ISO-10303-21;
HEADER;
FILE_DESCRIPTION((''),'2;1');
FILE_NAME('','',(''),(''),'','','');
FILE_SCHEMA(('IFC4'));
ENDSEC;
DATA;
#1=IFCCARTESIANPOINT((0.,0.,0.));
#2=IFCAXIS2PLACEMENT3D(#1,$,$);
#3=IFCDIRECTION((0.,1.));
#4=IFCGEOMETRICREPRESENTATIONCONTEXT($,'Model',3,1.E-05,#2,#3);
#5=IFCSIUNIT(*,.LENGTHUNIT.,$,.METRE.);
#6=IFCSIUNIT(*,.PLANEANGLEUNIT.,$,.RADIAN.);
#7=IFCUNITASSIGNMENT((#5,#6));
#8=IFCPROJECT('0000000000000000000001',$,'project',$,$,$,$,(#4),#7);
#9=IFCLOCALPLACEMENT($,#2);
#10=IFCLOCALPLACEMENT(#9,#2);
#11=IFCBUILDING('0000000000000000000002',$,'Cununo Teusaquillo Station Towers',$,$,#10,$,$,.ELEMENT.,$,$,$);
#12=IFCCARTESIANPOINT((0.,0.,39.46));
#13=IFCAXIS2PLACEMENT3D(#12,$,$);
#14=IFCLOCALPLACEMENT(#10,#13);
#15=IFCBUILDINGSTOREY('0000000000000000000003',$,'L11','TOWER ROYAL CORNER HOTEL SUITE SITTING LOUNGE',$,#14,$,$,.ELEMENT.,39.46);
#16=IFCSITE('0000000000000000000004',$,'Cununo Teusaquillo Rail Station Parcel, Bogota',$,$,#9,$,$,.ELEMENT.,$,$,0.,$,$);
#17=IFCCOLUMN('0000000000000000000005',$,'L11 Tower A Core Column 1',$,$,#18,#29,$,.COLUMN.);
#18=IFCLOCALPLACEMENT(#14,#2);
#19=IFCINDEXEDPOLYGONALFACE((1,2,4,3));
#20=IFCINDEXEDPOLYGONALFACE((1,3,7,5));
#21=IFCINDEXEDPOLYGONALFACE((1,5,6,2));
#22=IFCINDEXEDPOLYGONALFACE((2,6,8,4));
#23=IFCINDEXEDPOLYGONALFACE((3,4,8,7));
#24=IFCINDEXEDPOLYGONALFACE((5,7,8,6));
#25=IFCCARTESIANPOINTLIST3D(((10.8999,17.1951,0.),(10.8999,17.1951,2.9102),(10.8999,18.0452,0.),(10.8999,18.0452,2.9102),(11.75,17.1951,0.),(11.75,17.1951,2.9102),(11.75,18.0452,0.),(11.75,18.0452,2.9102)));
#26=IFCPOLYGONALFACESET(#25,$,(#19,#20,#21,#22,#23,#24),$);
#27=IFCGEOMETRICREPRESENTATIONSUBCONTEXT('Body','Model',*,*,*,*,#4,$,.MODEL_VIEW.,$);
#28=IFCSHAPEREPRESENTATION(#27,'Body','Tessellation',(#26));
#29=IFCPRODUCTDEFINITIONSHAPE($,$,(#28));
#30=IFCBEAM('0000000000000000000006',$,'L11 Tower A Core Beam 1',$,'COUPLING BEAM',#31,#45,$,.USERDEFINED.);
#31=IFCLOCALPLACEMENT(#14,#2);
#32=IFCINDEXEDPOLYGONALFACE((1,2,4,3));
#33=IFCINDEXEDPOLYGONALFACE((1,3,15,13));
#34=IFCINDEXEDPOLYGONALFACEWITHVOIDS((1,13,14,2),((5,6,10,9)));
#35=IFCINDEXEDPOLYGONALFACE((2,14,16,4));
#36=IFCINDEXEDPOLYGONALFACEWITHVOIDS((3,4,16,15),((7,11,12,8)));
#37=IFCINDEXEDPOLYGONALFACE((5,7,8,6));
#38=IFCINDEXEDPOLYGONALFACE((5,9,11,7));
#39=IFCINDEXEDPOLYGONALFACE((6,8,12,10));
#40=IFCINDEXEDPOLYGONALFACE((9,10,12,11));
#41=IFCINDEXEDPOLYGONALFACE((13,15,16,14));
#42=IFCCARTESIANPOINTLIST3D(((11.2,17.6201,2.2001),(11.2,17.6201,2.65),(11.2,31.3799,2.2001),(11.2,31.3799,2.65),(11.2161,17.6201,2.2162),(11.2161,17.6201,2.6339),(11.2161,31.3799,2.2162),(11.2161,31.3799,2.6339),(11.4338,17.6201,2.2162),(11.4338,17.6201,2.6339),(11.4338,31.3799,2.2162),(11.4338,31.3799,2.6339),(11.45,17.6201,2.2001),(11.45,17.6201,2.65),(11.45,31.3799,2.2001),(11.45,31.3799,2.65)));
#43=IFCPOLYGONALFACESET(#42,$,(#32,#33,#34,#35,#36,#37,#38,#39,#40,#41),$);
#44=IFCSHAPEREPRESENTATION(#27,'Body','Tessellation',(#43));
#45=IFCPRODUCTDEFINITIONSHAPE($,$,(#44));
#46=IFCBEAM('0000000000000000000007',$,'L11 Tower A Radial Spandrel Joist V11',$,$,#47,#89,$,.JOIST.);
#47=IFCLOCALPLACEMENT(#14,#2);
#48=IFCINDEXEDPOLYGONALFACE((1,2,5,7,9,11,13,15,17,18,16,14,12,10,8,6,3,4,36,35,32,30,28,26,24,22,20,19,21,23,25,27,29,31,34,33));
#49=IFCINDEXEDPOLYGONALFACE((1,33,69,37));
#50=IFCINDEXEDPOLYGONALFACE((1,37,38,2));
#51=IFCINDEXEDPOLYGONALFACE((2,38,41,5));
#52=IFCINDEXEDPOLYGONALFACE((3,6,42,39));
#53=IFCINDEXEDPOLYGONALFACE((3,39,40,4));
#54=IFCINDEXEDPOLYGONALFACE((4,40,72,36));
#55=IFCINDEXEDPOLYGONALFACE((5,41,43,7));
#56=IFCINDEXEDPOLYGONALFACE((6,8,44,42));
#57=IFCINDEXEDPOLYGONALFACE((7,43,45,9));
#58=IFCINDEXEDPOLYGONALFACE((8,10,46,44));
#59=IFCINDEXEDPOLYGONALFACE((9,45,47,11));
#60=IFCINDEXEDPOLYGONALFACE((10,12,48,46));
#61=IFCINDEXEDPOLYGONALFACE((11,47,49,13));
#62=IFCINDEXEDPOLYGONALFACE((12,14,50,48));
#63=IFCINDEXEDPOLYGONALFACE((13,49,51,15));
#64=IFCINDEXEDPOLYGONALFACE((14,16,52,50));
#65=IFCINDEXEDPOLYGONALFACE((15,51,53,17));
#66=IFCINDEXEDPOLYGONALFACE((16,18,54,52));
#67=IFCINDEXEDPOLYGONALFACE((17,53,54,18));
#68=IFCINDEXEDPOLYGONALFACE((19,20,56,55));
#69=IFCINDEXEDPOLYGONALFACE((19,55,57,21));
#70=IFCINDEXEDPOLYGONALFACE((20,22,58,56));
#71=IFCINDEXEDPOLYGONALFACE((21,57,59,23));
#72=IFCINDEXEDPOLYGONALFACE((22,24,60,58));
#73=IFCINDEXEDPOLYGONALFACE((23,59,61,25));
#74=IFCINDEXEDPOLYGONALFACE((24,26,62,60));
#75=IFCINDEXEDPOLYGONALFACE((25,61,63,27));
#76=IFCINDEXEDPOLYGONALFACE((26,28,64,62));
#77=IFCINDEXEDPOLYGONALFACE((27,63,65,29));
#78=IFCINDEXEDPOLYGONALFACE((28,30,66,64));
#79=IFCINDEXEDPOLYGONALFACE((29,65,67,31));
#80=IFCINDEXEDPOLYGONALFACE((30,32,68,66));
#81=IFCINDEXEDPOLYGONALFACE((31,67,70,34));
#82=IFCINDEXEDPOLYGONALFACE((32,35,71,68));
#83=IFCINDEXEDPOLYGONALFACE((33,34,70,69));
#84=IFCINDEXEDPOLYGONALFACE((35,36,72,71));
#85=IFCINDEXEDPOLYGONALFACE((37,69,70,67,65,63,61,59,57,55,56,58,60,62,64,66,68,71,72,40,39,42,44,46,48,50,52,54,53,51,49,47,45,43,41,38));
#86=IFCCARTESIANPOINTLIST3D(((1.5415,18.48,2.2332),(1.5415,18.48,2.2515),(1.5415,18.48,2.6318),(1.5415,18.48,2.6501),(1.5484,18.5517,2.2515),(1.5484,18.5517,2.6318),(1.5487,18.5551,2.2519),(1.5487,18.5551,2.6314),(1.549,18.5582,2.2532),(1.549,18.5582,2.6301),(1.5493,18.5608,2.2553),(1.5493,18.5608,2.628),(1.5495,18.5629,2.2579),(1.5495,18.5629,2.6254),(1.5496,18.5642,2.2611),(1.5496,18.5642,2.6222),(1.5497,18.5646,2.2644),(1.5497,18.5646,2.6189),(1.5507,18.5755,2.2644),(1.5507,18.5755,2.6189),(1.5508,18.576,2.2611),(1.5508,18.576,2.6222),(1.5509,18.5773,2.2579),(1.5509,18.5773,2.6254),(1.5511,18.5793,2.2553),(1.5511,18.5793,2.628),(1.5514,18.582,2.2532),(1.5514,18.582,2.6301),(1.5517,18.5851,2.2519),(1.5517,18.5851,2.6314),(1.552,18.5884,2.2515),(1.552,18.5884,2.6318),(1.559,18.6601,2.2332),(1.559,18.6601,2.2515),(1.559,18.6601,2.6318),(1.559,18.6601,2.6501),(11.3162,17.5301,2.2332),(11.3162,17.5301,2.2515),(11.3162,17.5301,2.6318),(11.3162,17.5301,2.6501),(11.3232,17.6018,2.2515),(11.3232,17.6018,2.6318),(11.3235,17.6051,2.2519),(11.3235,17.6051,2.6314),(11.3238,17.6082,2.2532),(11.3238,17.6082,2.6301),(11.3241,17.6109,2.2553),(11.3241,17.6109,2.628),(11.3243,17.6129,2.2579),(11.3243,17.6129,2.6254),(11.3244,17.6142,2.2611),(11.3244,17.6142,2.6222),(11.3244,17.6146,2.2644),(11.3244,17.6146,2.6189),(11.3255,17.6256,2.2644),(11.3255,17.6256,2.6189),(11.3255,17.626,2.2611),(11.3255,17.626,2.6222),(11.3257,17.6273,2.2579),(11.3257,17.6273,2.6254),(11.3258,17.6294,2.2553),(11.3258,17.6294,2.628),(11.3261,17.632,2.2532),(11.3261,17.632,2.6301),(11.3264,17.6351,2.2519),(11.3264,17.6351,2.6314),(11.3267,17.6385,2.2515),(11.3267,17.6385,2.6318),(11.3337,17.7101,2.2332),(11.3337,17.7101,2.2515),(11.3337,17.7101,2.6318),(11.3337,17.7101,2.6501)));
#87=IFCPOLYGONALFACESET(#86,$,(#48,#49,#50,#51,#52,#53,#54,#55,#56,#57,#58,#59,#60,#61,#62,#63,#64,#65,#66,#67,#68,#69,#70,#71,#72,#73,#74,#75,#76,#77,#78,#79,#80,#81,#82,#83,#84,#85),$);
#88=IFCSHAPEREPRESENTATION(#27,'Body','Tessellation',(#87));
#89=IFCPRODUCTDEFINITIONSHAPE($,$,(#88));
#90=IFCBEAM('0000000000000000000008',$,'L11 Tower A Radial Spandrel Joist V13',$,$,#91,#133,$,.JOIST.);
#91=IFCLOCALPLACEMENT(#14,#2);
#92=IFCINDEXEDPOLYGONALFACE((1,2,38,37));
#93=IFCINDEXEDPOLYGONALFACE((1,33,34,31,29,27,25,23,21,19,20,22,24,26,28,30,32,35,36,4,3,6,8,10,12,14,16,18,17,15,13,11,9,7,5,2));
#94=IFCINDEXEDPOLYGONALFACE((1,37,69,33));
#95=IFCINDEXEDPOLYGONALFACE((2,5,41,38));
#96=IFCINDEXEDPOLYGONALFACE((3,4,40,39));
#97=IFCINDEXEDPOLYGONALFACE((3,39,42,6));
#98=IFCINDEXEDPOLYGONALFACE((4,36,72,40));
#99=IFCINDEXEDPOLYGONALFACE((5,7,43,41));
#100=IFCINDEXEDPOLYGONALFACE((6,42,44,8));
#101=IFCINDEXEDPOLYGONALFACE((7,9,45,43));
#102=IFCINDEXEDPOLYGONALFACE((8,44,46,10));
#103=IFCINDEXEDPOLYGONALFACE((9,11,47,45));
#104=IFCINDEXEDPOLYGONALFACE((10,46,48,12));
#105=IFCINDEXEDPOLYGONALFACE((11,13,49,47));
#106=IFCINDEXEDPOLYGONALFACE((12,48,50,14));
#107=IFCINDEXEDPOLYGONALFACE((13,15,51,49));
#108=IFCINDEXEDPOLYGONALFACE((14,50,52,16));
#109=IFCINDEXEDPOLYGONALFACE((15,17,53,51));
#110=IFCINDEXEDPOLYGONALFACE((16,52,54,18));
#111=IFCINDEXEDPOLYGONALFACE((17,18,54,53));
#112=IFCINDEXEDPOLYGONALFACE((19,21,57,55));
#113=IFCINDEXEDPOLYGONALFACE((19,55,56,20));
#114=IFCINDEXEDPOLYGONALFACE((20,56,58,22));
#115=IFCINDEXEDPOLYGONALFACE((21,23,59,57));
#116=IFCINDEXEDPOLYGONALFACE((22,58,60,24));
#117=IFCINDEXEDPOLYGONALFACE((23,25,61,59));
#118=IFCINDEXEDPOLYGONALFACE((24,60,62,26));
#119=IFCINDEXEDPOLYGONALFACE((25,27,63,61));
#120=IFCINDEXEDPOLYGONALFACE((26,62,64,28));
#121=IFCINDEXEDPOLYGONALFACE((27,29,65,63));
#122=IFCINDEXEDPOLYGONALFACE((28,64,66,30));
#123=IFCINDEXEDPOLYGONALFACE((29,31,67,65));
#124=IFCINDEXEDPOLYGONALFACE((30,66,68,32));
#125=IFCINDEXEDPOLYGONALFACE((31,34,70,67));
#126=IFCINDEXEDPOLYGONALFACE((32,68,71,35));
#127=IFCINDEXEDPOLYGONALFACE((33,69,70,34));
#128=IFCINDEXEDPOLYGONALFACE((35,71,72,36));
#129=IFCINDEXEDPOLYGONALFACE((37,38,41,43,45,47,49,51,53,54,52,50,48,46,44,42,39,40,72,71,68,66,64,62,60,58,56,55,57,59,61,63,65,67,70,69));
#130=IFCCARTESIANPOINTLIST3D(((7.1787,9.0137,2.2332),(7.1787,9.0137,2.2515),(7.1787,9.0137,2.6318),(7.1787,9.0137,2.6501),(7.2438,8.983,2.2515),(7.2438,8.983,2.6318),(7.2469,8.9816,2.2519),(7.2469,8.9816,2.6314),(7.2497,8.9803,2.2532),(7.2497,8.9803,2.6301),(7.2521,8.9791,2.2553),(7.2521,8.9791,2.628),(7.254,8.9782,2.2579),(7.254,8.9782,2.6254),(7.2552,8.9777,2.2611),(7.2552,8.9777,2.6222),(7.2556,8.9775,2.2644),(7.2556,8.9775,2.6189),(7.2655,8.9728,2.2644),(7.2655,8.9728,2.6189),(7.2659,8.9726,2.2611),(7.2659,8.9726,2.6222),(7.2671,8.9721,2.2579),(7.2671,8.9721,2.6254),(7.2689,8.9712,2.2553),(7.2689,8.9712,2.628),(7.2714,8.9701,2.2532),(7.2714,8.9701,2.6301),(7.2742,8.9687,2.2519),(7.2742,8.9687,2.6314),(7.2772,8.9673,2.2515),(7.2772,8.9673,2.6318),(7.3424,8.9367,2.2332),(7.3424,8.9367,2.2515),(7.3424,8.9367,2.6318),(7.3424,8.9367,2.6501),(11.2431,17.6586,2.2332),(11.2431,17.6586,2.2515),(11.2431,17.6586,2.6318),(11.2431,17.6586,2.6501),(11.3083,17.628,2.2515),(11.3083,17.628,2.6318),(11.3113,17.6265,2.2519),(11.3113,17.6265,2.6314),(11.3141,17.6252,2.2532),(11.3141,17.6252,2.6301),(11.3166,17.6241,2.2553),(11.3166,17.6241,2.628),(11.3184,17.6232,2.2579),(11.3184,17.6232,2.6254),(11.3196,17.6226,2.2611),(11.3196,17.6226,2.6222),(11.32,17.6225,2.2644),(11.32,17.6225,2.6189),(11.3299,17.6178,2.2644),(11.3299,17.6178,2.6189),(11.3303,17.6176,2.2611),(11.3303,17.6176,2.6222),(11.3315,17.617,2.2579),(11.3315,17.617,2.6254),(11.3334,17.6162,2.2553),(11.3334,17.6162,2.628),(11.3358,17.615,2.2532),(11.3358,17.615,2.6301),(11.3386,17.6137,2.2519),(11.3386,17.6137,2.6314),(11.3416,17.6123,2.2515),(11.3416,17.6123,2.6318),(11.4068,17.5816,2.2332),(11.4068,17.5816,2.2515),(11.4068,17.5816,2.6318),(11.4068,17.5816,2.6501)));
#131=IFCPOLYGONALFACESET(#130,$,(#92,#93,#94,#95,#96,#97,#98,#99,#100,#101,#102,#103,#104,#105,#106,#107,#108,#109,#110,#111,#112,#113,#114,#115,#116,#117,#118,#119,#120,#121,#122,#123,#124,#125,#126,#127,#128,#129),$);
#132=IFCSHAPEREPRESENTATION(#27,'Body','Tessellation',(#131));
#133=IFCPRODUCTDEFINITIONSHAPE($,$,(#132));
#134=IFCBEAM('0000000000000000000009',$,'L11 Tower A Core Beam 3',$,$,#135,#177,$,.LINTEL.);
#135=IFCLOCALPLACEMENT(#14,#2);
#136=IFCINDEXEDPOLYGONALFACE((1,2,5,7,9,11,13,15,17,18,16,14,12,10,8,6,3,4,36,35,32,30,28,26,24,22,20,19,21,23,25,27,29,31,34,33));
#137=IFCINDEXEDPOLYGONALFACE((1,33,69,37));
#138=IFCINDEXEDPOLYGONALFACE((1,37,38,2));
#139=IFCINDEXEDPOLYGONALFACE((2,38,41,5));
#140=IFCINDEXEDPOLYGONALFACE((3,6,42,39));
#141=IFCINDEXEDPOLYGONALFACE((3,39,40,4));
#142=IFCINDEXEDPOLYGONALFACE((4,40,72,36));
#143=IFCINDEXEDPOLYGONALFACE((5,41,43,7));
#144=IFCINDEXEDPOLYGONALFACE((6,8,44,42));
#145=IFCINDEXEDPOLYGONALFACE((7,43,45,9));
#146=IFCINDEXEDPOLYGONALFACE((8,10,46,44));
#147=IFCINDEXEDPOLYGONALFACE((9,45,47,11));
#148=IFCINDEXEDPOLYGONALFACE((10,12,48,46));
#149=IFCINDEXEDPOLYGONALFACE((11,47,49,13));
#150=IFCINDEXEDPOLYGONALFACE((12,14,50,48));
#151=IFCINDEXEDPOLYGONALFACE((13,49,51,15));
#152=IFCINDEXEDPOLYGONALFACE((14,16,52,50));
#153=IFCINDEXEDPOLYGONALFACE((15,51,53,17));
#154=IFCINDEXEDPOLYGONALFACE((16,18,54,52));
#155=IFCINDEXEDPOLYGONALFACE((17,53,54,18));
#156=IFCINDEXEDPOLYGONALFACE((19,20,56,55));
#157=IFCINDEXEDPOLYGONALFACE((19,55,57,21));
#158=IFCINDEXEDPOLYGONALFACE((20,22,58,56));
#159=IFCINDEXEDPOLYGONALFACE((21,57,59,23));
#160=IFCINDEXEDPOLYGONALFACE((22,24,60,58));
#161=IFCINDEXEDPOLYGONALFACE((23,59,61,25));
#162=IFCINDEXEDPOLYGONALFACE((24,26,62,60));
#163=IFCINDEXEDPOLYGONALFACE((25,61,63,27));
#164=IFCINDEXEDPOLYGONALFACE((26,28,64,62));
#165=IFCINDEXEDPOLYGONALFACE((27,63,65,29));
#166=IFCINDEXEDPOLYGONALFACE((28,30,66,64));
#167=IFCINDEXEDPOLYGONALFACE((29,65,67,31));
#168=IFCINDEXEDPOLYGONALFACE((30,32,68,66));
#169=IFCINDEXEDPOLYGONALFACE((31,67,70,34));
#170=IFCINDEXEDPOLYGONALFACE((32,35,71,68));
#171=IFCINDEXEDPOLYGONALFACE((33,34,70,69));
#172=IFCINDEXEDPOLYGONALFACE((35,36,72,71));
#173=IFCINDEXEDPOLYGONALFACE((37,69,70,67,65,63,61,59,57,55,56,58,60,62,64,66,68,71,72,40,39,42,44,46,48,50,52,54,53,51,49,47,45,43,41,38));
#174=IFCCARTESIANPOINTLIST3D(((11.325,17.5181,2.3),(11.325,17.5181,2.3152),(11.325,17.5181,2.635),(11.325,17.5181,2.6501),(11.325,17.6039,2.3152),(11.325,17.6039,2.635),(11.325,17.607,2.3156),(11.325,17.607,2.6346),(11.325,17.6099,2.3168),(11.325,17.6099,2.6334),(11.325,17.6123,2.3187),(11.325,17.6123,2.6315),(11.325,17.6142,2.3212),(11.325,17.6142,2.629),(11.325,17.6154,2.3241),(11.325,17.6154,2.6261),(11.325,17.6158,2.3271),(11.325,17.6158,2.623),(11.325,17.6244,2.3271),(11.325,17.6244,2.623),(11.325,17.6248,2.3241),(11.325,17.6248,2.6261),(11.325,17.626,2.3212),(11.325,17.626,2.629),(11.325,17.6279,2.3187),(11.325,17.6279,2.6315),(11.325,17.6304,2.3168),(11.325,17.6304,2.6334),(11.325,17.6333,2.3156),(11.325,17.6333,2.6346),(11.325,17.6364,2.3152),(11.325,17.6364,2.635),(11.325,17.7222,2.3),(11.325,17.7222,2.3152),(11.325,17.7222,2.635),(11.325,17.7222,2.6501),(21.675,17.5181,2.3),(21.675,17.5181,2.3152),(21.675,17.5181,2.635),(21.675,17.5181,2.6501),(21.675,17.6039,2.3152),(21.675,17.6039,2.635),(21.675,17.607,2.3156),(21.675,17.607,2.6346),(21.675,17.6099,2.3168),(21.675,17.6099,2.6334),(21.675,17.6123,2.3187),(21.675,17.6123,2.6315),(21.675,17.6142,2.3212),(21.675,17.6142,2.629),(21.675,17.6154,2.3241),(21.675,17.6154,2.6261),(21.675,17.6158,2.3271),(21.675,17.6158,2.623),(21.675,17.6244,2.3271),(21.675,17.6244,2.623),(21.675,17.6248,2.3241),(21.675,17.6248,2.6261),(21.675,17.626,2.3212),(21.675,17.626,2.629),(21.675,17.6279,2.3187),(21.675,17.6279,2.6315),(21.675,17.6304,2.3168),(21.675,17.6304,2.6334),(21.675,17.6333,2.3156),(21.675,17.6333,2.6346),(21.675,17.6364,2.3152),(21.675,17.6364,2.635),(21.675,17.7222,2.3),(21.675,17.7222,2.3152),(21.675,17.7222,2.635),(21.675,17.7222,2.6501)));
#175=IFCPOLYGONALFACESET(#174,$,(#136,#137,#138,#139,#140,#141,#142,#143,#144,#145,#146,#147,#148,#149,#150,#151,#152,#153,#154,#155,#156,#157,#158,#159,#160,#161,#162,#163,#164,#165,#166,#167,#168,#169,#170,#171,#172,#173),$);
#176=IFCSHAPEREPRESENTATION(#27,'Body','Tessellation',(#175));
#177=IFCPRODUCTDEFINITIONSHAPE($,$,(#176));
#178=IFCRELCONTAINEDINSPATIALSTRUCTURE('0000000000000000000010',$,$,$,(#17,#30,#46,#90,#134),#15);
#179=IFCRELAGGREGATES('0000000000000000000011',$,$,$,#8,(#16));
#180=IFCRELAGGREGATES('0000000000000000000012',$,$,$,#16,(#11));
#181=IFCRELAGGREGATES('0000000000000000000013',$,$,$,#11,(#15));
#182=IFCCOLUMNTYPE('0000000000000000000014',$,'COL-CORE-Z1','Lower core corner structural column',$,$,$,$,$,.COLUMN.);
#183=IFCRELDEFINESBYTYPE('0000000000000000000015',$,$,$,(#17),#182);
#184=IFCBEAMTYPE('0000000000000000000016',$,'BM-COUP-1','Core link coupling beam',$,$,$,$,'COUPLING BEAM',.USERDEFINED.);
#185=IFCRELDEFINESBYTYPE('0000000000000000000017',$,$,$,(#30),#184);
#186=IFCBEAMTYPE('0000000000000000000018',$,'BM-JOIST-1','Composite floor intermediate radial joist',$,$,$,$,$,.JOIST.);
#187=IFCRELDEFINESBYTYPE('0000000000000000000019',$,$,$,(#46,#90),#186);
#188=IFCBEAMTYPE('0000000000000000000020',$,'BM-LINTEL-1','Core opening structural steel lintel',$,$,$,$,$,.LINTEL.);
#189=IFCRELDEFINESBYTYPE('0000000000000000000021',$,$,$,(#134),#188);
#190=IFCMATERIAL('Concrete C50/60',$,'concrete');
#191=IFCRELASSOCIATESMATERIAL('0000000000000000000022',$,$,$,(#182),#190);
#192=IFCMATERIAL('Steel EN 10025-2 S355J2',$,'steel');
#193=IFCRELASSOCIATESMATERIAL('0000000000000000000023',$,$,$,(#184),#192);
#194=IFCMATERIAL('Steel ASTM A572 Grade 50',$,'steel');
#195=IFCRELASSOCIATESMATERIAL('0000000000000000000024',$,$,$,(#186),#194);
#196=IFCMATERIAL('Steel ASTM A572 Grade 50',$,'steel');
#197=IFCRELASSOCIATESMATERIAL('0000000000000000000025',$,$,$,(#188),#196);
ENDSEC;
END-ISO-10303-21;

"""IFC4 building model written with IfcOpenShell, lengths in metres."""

from ifc_helpers import new_model, si_unit, direction, frame, origin, origin_2d, place, context, subcontext, project, spatial, rectangle, hollow_rectangle, i_section, extrude, material, material_profile, profile_set, type_object, element, save


model = new_model("IFC4")

# Units and contexts
model_context = context("Model", 3, precision=1e-05, world=origin(), true_north=direction((0.0, 1.0)))
body_context = subcontext(model_context, "Body", "Model", "MODEL_VIEW")
ifc_project = project(units=[si_unit("LENGTHUNIT", "METRE"), si_unit("PLANEANGLEUNIT", "RADIAN")], contexts=[model_context])

# Site, building, storey
site_placement = place(None, origin())
site = spatial("IfcSite", under=ifc_project, at=site_placement, Name="Cununo Teusaquillo Rail Station Parcel, Bogota", CompositionType="ELEMENT", RefElevation=0.0)
building_placement = place(site_placement, origin())
building = spatial("IfcBuilding", under=site, at=building_placement, Name="Cununo Teusaquillo Station Towers", CompositionType="ELEMENT")
storey_placement = place(building_placement, frame((0.0, 0.0, 39.46)))
storey = spatial("IfcBuildingStorey", under=building, at=storey_placement, Name="L11", Description="TOWER ROYAL CORNER HOTEL SUITE SITTING LOUNGE", CompositionType="ELEMENT", Elevation=39.46)

# Column
ifc_material_1 = material(Name="Concrete C50/60", Category="concrete")
ifc_material_profile_1 = material_profile(ifc_material_1, rectangle(XDim=0.8501, YDim=0.8501, at=origin_2d()), Name="RC-RECT-850x850")
ifc_profile_set_1 = profile_set([ifc_material_profile_1], Name="Concrete C50/60")
column_type = type_object("IfcColumnType", Name="COL-CORE-Z1", Description="Lower core corner structural column", PredefinedType="COLUMN", material=ifc_profile_set_1)
column_placement = place(storey_placement, frame((11.325, 17.6201, 0.0), z_axis=(0.0, 0.0, 1.0), x_axis=(1.0, 0.0, 0.0)))
element("IfcColumn", 1, at=column_placement, inside=storey, type_object=column_type, Name="L11 Tower A Core Column 1", PredefinedType="COLUMN", context=body_context, shape_type="SweptSolid", body=[
    extrude(rectangle(XDim=0.8501, YDim=0.8501, at=origin_2d()), origin(), (0.0, 0.0, 1.0), 2.9102),
])

# Beams
ifc_material_2 = material(Name="Steel EN 10025-2 S355J2", Category="steel")
ifc_material_profile_2 = material_profile(ifc_material_2, hollow_rectangle(XDim=0.25, YDim=0.45, WallThickness=0.0161, at=origin_2d()), Name="RHS 450x250x16")
ifc_profile_set_2 = profile_set([ifc_material_profile_2], Name="Steel EN 10025-2 S355J2")
beam_type_1 = type_object("IfcBeamType", Name="BM-COUP-1", Description="Core link coupling beam", ElementType="COUPLING BEAM", PredefinedType="USERDEFINED", material=ifc_profile_set_2)
beam_1_placement = place(storey_placement, frame((11.325, 17.6201, 2.425), z_axis=(0.0, 1.0, 0.0), x_axis=(-1.0, 0.0, 0.0)))
element("IfcBeam", 2, at=beam_1_placement, inside=storey, type_object=beam_type_1, Name="L11 Tower A Core Beam 1", ObjectType="COUPLING BEAM", PredefinedType="USERDEFINED", context=body_context, shape_type="SweptSolid", body=[
    extrude(hollow_rectangle(XDim=0.25, YDim=0.45, WallThickness=0.0161, at=origin_2d()), origin(), (0.0, 0.0, 1.0), 13.7598),
])
ifc_material_3 = material(Name="Steel ASTM A572 Grade 50", Category="steel")
ifc_material_profile_3 = material_profile(ifc_material_3, i_section(OverallWidth=0.1809, OverallDepth=0.417, WebThickness=0.011, FlangeThickness=0.0183, FilletRadius=0.0129, at=origin_2d()), Name="W16X57")
ifc_profile_set_3 = profile_set([ifc_material_profile_3], Name="Steel ASTM A572 Grade 50")
beam_type_2 = type_object("IfcBeamType", Name="BM-JOIST-1", Description="Composite floor intermediate radial joist", PredefinedType="JOIST", material=ifc_profile_set_3)
beam_2_placement = place(storey_placement, frame((11.325, 17.6201, 2.4417), z_axis=(-0.995311, 0.096729, 0.0), x_axis=(-0.096729, -0.995311, 0.0)))
element("IfcBeam", 3, at=beam_2_placement, inside=storey, type_object=beam_type_2, Name="L11 Tower A Radial Spandrel Joist V11", PredefinedType="JOIST", context=body_context, shape_type="SweptSolid", body=[
    extrude(i_section(OverallWidth=0.1809, OverallDepth=0.417, WebThickness=0.011, FlangeThickness=0.0183, FilletRadius=0.0129, at=origin_2d()), origin(), (0.0, 0.0, 1.0), 9.8208),
])
beam_3_placement = place(storey_placement, frame((11.325, 17.6201, 2.4417), z_axis=(-0.425472, -0.904972, 0.0), x_axis=(0.904972, -0.425472, 0.0)))
element("IfcBeam", 4, at=beam_3_placement, inside=storey, type_object=beam_type_2, Name="L11 Tower A Radial Spandrel Joist V13", PredefinedType="JOIST", context=body_context, shape_type="SweptSolid", body=[
    extrude(i_section(OverallWidth=0.1809, OverallDepth=0.417, WebThickness=0.011, FlangeThickness=0.0183, FilletRadius=0.0129, at=origin_2d()), origin(), (0.0, 0.0, 1.0), 9.5527),
])
ifc_material_4 = material(Name="Steel ASTM A572 Grade 50", Category="steel")
ifc_material_profile_4 = material_profile(ifc_material_4, i_section(OverallWidth=0.2041, OverallDepth=0.3501, WebThickness=0.0085, FlangeThickness=0.0151, FilletRadius=0.012, at=origin_2d()), Name="W14X48")
ifc_profile_set_4 = profile_set([ifc_material_profile_4], Name="Steel ASTM A572 Grade 50")
beam_type_3 = type_object("IfcBeamType", Name="BM-LINTEL-1", Description="Core opening structural steel lintel", PredefinedType="LINTEL", material=ifc_profile_set_4)
beam_4_placement = place(storey_placement, frame((11.325, 17.6201, 2.4751), z_axis=(1.0, 0.0, 0.0), x_axis=(0.0, 1.0, 0.0)))
element("IfcBeam", 5, at=beam_4_placement, inside=storey, type_object=beam_type_3, Name="L11 Tower A Core Beam 3", PredefinedType="LINTEL", context=body_context, shape_type="SweptSolid", body=[
    extrude(i_section(OverallWidth=0.2041, OverallDepth=0.3501, WebThickness=0.0085, FlangeThickness=0.0151, FilletRadius=0.012, at=origin_2d()), origin(), (0.0, 0.0, 1.0), 10.3501),
])

save(model, "model.ifc")
